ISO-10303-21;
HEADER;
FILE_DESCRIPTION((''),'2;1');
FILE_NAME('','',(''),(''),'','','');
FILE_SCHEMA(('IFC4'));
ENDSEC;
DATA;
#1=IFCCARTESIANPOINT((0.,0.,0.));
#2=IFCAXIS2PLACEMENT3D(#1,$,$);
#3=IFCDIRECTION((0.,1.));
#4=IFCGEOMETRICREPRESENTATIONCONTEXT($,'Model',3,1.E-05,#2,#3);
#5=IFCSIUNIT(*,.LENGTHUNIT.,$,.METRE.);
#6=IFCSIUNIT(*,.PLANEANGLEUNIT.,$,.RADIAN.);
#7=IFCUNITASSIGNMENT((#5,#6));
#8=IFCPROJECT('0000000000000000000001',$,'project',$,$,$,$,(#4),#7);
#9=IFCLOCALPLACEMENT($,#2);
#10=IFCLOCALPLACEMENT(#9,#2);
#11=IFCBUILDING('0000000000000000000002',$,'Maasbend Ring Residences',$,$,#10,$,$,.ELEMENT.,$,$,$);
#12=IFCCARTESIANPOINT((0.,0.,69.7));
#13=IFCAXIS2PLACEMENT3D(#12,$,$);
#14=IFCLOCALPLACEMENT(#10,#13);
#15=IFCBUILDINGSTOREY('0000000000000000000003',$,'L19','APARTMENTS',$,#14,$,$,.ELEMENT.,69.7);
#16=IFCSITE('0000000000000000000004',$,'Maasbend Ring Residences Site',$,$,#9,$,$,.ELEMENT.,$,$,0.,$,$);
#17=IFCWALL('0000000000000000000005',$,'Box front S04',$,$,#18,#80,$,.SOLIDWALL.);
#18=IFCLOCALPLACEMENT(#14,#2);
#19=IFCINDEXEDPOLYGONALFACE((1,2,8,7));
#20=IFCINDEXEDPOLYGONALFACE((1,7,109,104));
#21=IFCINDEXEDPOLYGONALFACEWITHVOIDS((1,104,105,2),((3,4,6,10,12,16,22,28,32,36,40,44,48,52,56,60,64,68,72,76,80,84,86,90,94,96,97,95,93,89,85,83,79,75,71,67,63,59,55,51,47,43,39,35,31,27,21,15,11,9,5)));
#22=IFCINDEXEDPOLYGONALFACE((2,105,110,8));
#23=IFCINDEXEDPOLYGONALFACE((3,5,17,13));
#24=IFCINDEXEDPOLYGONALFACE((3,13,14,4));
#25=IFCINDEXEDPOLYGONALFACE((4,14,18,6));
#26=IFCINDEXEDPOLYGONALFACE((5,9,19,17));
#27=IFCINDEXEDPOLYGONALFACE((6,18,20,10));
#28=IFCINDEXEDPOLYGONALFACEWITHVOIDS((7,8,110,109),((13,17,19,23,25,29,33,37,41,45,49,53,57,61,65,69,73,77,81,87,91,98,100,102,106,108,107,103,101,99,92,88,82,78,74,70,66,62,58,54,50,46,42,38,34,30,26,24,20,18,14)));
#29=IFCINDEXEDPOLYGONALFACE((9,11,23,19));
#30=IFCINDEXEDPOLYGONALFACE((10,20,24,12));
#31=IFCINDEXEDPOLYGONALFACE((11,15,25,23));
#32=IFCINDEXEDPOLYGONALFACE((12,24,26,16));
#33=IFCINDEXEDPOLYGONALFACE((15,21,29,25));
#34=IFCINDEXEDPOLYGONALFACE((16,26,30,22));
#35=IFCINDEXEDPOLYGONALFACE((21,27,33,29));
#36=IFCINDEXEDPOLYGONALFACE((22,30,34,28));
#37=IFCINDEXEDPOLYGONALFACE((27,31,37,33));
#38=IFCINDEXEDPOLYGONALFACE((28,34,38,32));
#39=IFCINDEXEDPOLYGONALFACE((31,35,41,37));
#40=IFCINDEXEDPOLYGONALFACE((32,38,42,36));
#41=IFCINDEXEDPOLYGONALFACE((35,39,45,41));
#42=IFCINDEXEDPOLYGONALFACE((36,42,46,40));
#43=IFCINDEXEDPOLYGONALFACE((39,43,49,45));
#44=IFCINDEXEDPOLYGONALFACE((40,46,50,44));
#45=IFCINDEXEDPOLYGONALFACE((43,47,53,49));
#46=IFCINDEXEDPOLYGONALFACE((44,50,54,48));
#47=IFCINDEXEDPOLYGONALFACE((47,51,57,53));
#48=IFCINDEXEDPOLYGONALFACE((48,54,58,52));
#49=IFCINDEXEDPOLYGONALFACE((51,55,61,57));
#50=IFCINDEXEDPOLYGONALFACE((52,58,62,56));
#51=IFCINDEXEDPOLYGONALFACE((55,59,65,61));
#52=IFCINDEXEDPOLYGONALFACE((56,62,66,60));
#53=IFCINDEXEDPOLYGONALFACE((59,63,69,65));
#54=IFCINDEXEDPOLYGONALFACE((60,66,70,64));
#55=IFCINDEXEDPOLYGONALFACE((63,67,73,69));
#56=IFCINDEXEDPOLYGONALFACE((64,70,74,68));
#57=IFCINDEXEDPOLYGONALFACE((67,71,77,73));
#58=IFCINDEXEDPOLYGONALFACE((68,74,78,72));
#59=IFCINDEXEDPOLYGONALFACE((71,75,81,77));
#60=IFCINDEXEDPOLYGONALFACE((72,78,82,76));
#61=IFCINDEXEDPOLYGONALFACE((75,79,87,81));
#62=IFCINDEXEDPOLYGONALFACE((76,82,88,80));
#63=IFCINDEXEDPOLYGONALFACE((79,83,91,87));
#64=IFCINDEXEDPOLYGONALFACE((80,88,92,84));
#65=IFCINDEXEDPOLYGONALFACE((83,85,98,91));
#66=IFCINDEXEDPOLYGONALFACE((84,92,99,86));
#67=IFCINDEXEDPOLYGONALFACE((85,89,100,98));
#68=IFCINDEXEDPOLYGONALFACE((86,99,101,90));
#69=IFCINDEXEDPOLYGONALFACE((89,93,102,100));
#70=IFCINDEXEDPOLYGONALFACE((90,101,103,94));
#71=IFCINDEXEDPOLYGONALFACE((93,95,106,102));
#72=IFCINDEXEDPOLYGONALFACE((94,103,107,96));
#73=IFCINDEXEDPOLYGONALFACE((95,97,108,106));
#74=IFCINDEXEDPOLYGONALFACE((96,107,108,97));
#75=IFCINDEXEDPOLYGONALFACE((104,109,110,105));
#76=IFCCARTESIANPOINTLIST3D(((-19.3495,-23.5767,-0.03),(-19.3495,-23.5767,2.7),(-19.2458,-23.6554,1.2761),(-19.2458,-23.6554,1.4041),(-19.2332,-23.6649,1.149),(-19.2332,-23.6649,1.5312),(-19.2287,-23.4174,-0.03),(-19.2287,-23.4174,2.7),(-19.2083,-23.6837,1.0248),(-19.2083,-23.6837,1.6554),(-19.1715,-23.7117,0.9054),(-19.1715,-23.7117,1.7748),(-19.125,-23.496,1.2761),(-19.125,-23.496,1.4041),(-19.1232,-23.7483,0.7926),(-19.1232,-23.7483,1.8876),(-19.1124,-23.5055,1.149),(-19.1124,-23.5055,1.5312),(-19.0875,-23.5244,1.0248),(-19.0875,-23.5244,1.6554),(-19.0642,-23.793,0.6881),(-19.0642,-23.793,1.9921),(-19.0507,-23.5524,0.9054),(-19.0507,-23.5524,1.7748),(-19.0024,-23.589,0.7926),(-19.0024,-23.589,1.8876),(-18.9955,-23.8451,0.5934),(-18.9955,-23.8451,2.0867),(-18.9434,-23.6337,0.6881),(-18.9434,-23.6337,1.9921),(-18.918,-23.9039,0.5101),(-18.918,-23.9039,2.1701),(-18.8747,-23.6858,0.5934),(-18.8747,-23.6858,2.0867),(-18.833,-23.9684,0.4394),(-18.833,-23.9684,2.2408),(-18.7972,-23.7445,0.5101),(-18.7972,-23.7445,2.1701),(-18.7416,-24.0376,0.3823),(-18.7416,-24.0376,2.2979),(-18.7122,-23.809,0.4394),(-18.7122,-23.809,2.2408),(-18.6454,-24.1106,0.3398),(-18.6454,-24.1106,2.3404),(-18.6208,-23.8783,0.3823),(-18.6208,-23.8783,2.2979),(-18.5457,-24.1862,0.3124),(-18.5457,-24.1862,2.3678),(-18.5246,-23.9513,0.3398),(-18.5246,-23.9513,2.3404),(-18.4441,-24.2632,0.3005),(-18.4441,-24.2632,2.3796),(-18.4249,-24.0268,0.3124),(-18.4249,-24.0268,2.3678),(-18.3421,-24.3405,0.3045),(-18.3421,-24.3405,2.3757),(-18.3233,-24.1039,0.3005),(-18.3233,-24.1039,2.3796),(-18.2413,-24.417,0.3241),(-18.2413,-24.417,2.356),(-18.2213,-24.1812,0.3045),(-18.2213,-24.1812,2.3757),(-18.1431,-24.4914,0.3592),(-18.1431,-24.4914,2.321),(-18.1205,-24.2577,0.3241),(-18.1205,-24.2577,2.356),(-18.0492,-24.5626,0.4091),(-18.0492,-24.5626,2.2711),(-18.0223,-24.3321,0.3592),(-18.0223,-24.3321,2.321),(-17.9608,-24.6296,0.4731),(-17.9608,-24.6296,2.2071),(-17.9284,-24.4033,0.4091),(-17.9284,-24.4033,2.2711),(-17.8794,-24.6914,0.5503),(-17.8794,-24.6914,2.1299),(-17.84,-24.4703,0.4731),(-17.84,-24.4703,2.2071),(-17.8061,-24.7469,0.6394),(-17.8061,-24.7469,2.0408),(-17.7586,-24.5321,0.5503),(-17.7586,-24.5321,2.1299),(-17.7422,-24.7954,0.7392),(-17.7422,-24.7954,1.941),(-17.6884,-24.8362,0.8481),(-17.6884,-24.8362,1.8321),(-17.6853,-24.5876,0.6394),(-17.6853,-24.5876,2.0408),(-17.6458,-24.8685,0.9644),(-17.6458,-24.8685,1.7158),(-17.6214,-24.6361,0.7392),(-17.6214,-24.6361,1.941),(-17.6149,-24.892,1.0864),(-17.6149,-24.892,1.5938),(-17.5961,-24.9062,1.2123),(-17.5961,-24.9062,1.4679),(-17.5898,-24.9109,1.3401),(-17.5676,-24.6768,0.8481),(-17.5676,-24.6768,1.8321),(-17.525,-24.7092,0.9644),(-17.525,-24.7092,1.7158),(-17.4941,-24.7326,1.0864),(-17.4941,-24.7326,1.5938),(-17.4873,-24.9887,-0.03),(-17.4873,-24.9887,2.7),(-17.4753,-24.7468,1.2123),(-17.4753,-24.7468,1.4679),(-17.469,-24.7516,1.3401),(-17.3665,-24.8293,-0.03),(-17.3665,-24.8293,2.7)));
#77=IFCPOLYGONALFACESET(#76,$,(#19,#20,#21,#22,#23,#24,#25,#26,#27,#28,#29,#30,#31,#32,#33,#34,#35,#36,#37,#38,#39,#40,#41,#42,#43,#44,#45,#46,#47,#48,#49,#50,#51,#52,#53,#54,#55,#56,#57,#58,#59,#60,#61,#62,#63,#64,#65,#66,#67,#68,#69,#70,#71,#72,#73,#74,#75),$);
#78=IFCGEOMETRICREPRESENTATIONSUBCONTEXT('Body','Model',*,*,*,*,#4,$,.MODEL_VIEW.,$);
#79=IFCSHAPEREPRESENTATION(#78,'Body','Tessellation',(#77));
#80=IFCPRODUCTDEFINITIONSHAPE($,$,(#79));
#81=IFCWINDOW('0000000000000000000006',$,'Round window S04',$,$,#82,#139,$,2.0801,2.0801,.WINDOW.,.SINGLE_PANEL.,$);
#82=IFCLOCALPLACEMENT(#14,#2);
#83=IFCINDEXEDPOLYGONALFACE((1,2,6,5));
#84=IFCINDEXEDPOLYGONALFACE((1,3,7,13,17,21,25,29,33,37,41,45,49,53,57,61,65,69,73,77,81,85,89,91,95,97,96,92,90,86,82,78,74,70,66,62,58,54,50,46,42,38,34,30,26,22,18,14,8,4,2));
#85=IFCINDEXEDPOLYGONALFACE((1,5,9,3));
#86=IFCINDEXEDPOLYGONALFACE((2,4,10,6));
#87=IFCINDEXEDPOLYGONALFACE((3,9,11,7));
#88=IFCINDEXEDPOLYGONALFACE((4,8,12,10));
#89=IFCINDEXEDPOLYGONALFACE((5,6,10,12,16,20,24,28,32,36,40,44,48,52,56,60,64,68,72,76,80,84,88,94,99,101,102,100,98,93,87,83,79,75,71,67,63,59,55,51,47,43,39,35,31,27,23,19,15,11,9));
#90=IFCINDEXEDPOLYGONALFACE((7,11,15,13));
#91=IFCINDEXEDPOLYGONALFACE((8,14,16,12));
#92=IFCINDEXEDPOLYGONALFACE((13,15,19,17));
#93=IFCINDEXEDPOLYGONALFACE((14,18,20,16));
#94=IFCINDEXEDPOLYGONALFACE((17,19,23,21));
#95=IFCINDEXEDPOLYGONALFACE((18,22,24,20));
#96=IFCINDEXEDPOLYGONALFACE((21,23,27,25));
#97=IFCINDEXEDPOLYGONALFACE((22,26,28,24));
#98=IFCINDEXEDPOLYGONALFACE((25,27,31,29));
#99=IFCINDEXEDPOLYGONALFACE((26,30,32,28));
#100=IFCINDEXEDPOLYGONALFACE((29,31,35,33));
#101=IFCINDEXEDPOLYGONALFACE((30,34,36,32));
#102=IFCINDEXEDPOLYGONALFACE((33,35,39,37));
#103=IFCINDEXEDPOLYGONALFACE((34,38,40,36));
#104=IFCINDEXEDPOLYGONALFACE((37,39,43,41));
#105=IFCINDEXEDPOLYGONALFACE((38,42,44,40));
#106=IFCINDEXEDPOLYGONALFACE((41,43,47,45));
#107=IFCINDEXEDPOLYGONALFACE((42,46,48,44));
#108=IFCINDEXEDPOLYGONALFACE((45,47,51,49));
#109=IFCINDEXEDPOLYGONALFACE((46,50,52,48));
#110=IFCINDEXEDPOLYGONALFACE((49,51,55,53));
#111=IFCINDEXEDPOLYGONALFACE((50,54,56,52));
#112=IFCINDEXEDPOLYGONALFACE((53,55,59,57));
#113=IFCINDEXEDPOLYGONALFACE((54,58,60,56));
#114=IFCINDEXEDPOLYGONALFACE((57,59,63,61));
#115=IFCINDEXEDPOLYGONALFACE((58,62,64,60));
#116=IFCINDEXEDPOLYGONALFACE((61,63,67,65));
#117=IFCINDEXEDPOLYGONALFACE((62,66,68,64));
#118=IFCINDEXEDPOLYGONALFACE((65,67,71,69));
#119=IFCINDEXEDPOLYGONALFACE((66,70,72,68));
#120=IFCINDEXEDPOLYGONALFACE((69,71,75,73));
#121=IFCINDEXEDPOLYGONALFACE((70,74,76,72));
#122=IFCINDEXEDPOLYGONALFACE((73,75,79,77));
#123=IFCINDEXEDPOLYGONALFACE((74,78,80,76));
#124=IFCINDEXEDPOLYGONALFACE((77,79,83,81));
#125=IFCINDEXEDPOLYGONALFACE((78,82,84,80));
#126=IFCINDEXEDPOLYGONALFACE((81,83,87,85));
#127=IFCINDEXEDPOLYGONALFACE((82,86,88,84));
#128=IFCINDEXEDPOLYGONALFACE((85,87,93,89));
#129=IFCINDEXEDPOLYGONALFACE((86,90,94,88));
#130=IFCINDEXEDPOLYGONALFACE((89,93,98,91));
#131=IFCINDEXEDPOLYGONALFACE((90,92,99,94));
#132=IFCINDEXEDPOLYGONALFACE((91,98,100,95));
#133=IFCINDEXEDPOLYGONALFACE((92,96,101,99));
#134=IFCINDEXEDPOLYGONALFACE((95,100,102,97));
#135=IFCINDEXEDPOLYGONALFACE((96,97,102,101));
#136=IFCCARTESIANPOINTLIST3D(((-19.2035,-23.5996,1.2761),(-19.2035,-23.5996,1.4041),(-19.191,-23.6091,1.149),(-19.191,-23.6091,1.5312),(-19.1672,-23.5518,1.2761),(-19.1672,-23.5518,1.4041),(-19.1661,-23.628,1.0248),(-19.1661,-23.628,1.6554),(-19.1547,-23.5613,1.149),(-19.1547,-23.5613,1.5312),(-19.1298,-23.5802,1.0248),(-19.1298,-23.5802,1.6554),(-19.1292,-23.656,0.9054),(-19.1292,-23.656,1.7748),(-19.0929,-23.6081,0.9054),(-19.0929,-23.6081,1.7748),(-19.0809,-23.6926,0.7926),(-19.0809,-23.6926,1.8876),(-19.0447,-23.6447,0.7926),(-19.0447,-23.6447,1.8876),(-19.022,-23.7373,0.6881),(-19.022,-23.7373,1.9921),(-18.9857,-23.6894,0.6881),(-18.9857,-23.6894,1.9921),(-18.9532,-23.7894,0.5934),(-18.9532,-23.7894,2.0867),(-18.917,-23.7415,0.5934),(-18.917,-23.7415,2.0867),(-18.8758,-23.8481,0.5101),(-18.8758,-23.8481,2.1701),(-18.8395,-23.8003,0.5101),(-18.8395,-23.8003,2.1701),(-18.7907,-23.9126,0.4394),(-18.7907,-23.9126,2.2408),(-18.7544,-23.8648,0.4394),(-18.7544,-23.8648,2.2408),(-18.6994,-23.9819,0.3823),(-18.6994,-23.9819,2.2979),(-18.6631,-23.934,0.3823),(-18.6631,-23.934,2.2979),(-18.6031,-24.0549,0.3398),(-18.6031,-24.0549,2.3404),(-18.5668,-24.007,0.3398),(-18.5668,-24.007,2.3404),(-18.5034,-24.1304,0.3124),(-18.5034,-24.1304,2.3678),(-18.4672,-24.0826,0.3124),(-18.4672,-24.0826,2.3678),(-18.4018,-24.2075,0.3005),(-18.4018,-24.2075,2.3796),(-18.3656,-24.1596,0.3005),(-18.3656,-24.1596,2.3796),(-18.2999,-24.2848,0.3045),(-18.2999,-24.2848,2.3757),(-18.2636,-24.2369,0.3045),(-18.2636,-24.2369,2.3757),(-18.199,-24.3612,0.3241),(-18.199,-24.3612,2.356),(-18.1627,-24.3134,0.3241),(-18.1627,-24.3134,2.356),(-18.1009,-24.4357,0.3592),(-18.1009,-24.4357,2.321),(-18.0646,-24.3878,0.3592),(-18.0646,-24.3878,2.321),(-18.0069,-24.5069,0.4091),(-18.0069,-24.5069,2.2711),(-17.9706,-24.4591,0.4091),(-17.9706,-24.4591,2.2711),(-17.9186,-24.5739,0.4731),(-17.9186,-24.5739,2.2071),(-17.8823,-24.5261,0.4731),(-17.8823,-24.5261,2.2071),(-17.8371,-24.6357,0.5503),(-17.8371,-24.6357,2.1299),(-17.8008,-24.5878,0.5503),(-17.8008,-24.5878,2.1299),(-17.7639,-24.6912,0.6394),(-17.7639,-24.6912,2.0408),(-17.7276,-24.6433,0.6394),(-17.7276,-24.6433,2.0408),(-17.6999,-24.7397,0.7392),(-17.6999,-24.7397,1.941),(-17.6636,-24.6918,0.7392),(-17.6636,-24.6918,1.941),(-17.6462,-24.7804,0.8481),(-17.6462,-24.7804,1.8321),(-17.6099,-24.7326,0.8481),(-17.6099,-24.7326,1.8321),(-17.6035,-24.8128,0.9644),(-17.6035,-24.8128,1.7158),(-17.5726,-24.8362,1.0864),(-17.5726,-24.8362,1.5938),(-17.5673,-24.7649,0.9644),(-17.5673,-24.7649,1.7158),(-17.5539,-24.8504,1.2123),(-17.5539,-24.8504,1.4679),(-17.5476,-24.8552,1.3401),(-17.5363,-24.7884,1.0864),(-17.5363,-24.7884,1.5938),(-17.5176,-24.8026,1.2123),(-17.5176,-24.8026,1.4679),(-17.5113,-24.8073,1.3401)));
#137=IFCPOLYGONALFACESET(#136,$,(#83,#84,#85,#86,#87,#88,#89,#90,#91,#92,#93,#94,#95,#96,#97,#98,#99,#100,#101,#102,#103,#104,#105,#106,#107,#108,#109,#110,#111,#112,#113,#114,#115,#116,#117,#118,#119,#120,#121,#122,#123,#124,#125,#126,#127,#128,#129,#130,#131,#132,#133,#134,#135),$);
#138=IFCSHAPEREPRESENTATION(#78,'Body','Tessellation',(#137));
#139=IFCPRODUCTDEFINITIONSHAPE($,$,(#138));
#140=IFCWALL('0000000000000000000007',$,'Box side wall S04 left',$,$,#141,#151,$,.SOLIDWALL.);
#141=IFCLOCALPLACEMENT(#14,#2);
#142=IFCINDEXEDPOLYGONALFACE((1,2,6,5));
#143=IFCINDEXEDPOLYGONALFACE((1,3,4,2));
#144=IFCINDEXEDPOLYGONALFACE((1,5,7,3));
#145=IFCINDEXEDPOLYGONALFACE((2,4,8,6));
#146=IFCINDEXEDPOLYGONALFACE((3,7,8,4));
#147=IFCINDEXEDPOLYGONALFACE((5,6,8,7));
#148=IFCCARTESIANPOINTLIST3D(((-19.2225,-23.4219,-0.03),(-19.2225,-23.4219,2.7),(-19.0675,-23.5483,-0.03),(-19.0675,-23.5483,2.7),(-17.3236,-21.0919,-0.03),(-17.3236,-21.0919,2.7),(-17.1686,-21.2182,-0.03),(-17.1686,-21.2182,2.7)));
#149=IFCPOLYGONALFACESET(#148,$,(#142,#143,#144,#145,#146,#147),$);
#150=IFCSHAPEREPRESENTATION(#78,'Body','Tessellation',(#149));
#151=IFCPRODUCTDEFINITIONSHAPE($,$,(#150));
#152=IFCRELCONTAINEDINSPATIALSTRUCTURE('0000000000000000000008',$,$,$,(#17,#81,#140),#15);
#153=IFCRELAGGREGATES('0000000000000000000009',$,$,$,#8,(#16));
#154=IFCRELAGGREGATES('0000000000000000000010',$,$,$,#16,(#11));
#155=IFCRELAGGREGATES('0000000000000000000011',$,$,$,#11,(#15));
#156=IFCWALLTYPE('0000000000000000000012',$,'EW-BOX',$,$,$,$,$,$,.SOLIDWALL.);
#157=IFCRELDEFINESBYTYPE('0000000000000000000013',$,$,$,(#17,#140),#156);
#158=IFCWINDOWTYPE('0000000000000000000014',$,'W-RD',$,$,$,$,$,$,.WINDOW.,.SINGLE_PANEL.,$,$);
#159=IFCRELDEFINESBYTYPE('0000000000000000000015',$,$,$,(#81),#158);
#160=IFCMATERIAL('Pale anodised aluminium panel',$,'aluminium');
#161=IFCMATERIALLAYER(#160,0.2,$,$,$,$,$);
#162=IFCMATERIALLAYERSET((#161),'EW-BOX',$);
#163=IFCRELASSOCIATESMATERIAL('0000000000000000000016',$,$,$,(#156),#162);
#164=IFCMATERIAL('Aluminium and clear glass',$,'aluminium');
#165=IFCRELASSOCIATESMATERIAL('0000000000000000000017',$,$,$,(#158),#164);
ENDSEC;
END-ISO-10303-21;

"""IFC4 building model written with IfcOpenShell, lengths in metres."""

from ifc_helpers import new_model, si_unit, direction, frame, frame_2d, origin, place, context, subcontext, project, spatial, rectangle, circle, extrude, material, layer, layer_set, type_object, element, fill, save


model = new_model("IFC4")

# Units and contexts
model_context = context("Model", 3, precision=1e-05, world=origin(), true_north=direction((0.0, 1.0)))
body_context = subcontext(model_context, "Body", "Model", "MODEL_VIEW")
ifc_project = project(units=[si_unit("LENGTHUNIT", "METRE"), si_unit("PLANEANGLEUNIT", "RADIAN")], contexts=[model_context])

# Site, building, storey
site_placement = place(None, origin())
site = spatial("IfcSite", under=ifc_project, at=site_placement, Name="Maasbend Ring Residences Site", CompositionType="ELEMENT", RefElevation=0.0)
building_placement = place(site_placement, origin())
building = spatial("IfcBuilding", under=site, at=building_placement, Name="Maasbend Ring Residences", CompositionType="ELEMENT")
storey_placement = place(building_placement, frame((0.0, 0.0, 69.7)))
storey = spatial("IfcBuildingStorey", under=building, at=storey_placement, Name="L19", Description="APARTMENTS", CompositionType="ELEMENT", Elevation=69.7)

# Shared definitions
ifc_material_1 = material(Name="Pale anodised aluminium panel", Category="aluminium")
ifc_layer_1 = layer(ifc_material_1, 0.2)
ifc_layer_set_1 = layer_set([ifc_layer_1], Name="EW-BOX")
wall_type_1 = type_object("IfcWallType", Name="EW-BOX", PredefinedType="SOLIDWALL", material=ifc_layer_set_1)
ifc_material_2 = material(Name="Aluminium and clear glass", Category="aluminium")
window_type_1 = type_object("IfcWindowType", Name="W-RD", PartitioningType="SINGLE_PANEL", PredefinedType="WINDOW", material=ifc_material_2)

# Wall, opening, window
wall_1_placement = place(storey_placement, frame((-19.2891, -23.4971, -0.03), z_axis=(0.0, 0.0, 1.0), x_axis=(0.796842, -0.604188, 0.0)))
wall_1 = element("IfcWall", 1, at=wall_1_placement, inside=storey, type_object=wall_type_1, Name="Box front S04", PredefinedType="SOLIDWALL", context=body_context, shape_type="SweptSolid", body=[
    extrude(rectangle(XDim=2.3369, YDim=0.2, at=frame_2d((1.1685, 0.0))), origin(), (0.0, 0.0, 1.0), 2.73),
])
opening_1_placement = place(wall_1_placement, frame((0.1282, 0.0, 0.3301)))
opening_1 = element("IfcOpeningElement", 2, at=opening_1_placement, cuts=wall_1, PredefinedType="OPENING", context=body_context, shape_type="SweptSolid", body=[
    extrude(circle(Radius=1.04, at=frame_2d((1.04, 1.04))), frame((0.0, 0.1099, 0.0), z_axis=(0.0, -1.0, 0.0), x_axis=(1.0, 0.0, 0.0)), (0.0, 0.0, 1.0), 0.22),
])
window_1_placement = place(opening_1_placement, origin())
window_1 = element("IfcWindow", 3, at=window_1_placement, inside=storey, type_object=window_type_1, Name="Round window S04", OverallHeight=2.0801, OverallWidth=2.0801, PartitioningType="SINGLE_PANEL", PredefinedType="WINDOW", context=body_context, shape_type="SweptSolid", body=[
    extrude(circle(Radius=1.04, at=frame_2d((1.04, 1.04))), frame((0.0, 0.03, 0.0), z_axis=(0.0, -1.0, 0.0), x_axis=(1.0, 0.0, 0.0)), (0.0, 0.0, 1.0), 0.0601),
])
fill(opening_1, window_1)

# Wall
wall_2_placement = place(storey_placement, frame((-17.2461, -21.155, -0.03), z_axis=(0.0, 0.0, 1.0), x_axis=(-0.631742, -0.775179, 0.0)))
element("IfcWall", 4, at=wall_2_placement, inside=storey, type_object=wall_type_1, Name="Box side wall S04 left", PredefinedType="SOLIDWALL", context=body_context, shape_type="SweptSolid", body=[
    extrude(rectangle(XDim=3.0059, YDim=0.2, at=frame_2d((1.5029, 0.0))), origin(), (0.0, 0.0, 1.0), 2.73),
])

save(model, "model.ifc")
